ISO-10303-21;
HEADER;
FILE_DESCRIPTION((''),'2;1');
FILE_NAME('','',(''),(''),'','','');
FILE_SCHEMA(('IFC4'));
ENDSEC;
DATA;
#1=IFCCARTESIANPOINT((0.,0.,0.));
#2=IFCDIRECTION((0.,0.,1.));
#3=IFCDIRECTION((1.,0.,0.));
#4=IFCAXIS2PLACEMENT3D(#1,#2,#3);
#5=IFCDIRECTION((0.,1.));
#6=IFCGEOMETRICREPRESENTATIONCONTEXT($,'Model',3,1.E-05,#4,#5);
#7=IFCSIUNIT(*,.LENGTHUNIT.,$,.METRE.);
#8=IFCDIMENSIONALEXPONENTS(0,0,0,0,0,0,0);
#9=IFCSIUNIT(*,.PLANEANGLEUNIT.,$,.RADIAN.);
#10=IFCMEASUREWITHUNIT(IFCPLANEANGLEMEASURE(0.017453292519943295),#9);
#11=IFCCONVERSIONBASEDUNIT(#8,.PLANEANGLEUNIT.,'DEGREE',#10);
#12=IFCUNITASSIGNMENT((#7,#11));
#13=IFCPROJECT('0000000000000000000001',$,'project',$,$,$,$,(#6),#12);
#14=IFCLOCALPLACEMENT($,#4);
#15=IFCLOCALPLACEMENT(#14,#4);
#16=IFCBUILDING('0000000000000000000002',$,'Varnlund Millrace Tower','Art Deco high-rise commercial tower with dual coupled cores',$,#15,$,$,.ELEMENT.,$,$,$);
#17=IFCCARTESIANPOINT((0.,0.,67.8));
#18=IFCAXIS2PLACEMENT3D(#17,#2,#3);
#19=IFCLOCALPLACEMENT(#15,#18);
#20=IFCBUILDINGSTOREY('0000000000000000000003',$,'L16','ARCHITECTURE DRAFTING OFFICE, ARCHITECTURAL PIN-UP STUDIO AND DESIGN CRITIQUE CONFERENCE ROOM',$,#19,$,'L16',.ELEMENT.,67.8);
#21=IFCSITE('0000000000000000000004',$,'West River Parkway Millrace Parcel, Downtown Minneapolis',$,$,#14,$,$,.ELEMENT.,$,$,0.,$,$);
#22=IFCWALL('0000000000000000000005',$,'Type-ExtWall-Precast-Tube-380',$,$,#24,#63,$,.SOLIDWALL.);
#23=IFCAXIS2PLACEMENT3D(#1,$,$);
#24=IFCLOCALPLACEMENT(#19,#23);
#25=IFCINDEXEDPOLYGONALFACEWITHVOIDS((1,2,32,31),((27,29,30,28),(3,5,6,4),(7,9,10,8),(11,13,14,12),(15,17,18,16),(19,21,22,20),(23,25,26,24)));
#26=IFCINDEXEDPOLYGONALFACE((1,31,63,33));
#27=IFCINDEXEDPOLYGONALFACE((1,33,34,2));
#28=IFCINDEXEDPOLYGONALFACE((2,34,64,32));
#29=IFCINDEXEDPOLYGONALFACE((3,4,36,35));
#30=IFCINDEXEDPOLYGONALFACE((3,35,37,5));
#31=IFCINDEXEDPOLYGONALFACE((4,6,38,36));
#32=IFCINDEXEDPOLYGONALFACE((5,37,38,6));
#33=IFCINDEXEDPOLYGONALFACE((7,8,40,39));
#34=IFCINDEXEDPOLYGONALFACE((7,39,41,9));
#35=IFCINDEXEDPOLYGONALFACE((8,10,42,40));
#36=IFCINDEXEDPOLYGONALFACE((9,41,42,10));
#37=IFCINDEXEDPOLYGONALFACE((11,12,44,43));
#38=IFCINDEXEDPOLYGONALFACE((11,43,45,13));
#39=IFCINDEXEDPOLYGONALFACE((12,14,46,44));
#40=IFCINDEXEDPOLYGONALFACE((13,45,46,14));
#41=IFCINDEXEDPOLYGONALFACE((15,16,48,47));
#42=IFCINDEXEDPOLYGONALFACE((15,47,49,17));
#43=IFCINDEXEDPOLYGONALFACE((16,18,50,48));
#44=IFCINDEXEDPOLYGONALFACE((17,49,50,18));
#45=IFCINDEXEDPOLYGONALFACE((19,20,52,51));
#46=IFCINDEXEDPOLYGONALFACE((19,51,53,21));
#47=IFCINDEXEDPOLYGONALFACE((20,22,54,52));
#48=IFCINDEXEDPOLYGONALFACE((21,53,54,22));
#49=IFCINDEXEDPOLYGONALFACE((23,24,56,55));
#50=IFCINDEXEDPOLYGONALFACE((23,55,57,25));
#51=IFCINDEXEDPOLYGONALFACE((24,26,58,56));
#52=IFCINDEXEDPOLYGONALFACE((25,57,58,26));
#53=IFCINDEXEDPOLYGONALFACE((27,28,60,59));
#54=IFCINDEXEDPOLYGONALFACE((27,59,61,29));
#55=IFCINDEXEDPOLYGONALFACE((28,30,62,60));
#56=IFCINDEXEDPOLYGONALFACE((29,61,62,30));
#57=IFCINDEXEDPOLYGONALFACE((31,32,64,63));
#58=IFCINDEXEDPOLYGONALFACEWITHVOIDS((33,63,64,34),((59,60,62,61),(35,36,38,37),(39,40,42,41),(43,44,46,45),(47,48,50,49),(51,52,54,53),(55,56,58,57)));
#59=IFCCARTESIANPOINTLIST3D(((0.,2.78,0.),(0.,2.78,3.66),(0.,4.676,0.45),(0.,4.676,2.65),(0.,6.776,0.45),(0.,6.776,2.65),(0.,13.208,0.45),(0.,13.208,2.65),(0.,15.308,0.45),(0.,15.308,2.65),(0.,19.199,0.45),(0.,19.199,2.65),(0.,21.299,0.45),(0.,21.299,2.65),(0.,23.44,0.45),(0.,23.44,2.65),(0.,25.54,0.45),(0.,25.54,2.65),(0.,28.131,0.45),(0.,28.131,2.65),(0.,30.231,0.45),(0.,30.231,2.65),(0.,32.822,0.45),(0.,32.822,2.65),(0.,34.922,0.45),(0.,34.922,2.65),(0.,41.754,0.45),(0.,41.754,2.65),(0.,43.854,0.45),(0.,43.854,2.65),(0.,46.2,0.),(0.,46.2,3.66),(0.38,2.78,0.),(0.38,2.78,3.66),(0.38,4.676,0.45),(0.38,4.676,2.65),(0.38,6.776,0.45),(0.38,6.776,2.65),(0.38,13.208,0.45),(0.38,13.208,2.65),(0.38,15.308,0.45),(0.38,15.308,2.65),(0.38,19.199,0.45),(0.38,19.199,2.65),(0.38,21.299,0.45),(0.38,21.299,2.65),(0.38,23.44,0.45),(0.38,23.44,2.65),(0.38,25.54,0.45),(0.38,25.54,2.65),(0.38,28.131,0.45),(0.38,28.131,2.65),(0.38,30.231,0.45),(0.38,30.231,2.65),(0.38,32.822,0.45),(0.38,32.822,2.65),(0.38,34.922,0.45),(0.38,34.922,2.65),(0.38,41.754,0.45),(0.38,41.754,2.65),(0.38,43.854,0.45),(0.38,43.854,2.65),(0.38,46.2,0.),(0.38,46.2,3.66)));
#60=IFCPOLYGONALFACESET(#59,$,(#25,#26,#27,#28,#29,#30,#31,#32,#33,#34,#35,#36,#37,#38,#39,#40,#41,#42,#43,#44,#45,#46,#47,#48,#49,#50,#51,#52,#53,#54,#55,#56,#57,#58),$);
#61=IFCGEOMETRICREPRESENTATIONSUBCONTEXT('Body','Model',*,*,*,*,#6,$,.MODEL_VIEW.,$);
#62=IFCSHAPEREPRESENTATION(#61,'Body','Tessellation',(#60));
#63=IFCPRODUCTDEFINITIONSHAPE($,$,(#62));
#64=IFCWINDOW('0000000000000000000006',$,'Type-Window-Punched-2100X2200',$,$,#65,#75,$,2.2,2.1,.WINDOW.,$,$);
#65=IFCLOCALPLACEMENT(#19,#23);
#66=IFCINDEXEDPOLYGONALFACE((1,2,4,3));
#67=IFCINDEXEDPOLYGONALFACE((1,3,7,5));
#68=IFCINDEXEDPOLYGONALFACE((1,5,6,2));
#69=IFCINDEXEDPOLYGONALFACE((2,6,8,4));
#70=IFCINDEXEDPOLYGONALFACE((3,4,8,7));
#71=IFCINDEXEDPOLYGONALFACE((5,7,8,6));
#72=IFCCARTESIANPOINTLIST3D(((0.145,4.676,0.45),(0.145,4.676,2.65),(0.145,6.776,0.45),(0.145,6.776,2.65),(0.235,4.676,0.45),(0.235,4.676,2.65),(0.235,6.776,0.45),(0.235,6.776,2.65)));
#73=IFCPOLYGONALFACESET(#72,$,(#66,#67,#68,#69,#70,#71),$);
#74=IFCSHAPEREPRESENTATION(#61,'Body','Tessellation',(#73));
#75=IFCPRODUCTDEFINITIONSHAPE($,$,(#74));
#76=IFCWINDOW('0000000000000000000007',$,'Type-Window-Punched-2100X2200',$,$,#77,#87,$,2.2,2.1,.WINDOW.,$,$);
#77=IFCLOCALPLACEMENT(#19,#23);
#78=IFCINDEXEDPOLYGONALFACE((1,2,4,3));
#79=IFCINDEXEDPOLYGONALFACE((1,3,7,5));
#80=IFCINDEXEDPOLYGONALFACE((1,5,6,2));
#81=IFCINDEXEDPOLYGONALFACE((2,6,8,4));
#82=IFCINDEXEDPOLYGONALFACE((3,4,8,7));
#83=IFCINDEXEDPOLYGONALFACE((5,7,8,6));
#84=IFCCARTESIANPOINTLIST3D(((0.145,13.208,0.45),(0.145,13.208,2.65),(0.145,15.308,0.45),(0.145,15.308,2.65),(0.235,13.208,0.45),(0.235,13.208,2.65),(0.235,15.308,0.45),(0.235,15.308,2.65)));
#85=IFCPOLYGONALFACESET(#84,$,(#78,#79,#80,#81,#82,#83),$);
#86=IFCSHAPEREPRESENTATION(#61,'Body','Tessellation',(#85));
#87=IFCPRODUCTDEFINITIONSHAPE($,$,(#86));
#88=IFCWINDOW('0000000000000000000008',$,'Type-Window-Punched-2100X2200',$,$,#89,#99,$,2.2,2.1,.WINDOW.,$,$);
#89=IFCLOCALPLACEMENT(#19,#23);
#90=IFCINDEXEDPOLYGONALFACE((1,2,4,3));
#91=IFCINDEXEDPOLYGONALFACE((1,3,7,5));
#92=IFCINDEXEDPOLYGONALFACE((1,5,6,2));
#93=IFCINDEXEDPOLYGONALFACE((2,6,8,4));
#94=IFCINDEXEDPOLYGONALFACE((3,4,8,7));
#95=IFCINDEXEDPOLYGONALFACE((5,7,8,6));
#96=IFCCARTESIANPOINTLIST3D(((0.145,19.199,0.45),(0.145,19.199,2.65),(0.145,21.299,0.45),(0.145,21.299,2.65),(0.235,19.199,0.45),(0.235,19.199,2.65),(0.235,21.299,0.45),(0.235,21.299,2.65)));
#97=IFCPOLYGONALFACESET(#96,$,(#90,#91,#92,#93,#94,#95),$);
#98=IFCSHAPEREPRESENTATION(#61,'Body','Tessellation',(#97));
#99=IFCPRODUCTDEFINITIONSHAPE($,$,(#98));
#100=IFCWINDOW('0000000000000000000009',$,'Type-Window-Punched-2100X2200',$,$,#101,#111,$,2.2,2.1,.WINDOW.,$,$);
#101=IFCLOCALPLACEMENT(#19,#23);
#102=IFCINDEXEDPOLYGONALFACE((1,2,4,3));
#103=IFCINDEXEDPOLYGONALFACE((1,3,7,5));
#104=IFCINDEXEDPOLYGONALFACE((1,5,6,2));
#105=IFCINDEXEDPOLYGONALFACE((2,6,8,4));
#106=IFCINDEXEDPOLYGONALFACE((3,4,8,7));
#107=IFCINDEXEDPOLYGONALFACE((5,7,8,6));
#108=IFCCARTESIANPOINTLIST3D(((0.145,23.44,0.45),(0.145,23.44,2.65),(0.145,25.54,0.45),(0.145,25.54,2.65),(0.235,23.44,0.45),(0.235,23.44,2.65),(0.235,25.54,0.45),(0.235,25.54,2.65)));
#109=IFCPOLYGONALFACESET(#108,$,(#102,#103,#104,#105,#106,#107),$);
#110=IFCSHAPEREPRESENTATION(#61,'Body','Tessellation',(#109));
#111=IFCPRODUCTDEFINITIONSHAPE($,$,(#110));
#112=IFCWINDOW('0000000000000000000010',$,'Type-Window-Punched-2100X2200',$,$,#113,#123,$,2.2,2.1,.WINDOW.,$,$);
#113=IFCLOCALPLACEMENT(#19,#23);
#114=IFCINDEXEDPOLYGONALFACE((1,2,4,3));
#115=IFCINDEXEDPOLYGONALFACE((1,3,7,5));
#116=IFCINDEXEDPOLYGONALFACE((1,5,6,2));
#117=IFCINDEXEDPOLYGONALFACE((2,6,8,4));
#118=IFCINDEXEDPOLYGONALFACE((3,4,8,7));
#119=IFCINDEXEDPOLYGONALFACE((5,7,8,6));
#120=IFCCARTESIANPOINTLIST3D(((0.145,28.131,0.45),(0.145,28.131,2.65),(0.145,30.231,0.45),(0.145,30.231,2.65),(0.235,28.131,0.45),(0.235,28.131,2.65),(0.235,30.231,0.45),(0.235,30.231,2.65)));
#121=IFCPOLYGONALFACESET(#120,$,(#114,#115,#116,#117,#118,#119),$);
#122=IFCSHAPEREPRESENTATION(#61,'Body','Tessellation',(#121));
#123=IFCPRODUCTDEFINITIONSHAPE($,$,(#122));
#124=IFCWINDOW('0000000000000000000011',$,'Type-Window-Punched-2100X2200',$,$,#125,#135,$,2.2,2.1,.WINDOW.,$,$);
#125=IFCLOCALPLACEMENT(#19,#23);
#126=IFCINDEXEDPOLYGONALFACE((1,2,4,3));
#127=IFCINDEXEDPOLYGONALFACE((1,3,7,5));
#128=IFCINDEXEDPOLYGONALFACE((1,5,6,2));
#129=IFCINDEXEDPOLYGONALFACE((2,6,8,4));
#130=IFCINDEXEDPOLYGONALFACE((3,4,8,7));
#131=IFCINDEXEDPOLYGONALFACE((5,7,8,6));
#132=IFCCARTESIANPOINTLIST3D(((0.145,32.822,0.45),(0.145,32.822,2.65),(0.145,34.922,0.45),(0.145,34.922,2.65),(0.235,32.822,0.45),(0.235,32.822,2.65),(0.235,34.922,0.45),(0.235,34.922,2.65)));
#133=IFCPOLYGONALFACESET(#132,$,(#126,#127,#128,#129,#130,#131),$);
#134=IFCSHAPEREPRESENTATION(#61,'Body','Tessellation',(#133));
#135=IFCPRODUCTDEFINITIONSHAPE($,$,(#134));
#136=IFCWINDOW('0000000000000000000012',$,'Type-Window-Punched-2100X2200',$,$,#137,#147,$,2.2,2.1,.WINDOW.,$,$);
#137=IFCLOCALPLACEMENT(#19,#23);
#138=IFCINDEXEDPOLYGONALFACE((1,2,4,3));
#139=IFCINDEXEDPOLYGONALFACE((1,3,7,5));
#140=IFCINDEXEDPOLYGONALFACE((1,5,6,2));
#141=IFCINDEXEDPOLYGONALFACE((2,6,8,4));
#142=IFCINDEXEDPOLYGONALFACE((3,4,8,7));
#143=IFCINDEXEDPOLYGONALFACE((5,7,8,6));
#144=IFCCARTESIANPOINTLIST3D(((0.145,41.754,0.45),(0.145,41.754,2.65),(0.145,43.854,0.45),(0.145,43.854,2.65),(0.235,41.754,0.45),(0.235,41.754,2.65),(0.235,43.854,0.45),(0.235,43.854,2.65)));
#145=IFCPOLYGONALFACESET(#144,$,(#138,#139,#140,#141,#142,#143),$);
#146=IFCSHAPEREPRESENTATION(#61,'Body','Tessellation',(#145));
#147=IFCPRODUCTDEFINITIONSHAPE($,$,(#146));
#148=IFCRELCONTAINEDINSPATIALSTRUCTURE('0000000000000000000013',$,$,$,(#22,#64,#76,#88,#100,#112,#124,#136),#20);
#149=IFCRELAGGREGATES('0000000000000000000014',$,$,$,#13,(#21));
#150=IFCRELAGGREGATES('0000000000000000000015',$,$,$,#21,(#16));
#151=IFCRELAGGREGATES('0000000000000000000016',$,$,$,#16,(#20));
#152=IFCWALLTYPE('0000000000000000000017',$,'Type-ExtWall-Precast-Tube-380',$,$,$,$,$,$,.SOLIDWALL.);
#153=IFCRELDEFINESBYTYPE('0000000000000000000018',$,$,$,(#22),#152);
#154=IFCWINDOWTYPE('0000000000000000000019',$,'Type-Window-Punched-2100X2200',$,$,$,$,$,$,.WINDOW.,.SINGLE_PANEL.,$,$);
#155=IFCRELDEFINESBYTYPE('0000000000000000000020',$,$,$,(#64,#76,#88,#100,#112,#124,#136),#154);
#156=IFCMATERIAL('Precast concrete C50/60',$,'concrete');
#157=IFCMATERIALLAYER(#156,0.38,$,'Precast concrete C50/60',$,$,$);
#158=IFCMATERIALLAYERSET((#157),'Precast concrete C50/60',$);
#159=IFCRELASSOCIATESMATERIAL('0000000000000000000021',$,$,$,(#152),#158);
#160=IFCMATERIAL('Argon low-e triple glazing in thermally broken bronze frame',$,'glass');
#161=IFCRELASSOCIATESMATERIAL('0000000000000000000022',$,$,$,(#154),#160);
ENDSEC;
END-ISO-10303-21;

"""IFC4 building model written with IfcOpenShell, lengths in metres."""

from ifc_helpers import new_model, entity, si_unit, converted_unit, direction, frame, origin_with_axes, origin_2d_with_axis, place, context, subcontext, project, spatial, polyline, rectangle, outline, extrude, material, layer, layer_set, type_object, element, fill, save


model = new_model("IFC4")

# Units and contexts
model_context = context("Model", 3, precision=1e-05, world=origin_with_axes(), true_north=direction((0.0, 1.0)))
body_context = subcontext(model_context, "Body", "Model", "MODEL_VIEW")
ifc_project = project(units=[si_unit("LENGTHUNIT", "METRE"), converted_unit("PLANEANGLEUNIT", "DEGREE", entity("IfcPlaneAngleMeasure", 0.017453292519943295), si_unit("PLANEANGLEUNIT", "RADIAN"), dimensions=[0, 0, 0, 0, 0, 0, 0])], contexts=[model_context])

# Site, building, storey
site_placement = place(None, origin_with_axes())
site = spatial("IfcSite", under=ifc_project, at=site_placement, Name="West River Parkway Millrace Parcel, Downtown Minneapolis", CompositionType="ELEMENT", RefElevation=0.0)
building_placement = place(site_placement, origin_with_axes())
building = spatial("IfcBuilding", under=site, at=building_placement, Name="Varnlund Millrace Tower", Description="Art Deco high-rise commercial tower with dual coupled cores", CompositionType="ELEMENT")
storey_placement = place(building_placement, frame((0.0, 0.0, 67.8), z_axis=(0.0, 0.0, 1.0), x_axis=(1.0, 0.0, 0.0)))
storey = spatial("IfcBuildingStorey", under=building, at=storey_placement, Name="L16", Description="ARCHITECTURE DRAFTING OFFICE, ARCHITECTURAL PIN-UP STUDIO AND DESIGN CRITIQUE CONFERENCE ROOM", LongName="L16", CompositionType="ELEMENT", Elevation=67.8)

# Shared definitions
ifc_material_1 = material(Name="Precast concrete C50/60", Category="concrete")
ifc_layer_1 = layer(ifc_material_1, 0.38, Name="Precast concrete C50/60")
ifc_layer_set_1 = layer_set([ifc_layer_1], Name="Precast concrete C50/60")
wall_type = type_object("IfcWallType", Name="Type-ExtWall-Precast-Tube-380", PredefinedType="SOLIDWALL", material=ifc_layer_set_1)

# Wall, openings, windows
wall_1_placement = place(storey_placement, frame((0.19, 2.78, 0.0), z_axis=(0.0, 0.0, 1.0), x_axis=(0.0, 1.0, 0.0)))
wall_1 = element("IfcWall", 1, at=wall_1_placement, inside=storey, type_object=wall_type, Name="Type-ExtWall-Precast-Tube-380", PredefinedType="SOLIDWALL", context=body_context, shape_type="SweptSolid", body=[
    extrude(outline(polyline([(0.0, -0.19), (43.42, -0.19), (43.42, 0.19), (0.0, 0.19), (0.0, -0.19)])), origin_with_axes(), (0.0, 0.0, 1.0), 3.66),
])
opening_1_placement = place(wall_1_placement, frame((2.946, 0.0, 0.45), z_axis=(0.0, 0.0, 1.0), x_axis=(1.0, 0.0, 0.0)))
opening_1 = element("IfcOpeningElement", 2, at=opening_1_placement, cuts=wall_1, PredefinedType="OPENING", context=body_context, shape_type="SweptSolid", body=[
    extrude(rectangle(XDim=2.1, YDim=0.4, at=origin_2d_with_axis()), origin_with_axes(), (0.0, 0.0, 1.0), 2.2),
])
opening_2_placement = place(wall_1_placement, frame((11.478, 0.0, 0.45), z_axis=(0.0, 0.0, 1.0), x_axis=(1.0, 0.0, 0.0)))
opening_2 = element("IfcOpeningElement", 3, at=opening_2_placement, cuts=wall_1, PredefinedType="OPENING", context=body_context, shape_type="SweptSolid", body=[
    extrude(rectangle(XDim=2.1, YDim=0.4, at=origin_2d_with_axis()), origin_with_axes(), (0.0, 0.0, 1.0), 2.2),
])
opening_3_placement = place(wall_1_placement, frame((17.469, 0.0, 0.45), z_axis=(0.0, 0.0, 1.0), x_axis=(1.0, 0.0, 0.0)))
opening_3 = element("IfcOpeningElement", 4, at=opening_3_placement, cuts=wall_1, PredefinedType="OPENING", context=body_context, shape_type="SweptSolid", body=[
    extrude(rectangle(XDim=2.1, YDim=0.4, at=origin_2d_with_axis()), origin_with_axes(), (0.0, 0.0, 1.0), 2.2),
])
opening_4_placement = place(wall_1_placement, frame((21.71, 0.0, 0.45), z_axis=(0.0, 0.0, 1.0), x_axis=(1.0, 0.0, 0.0)))
opening_4 = element("IfcOpeningElement", 5, at=opening_4_placement, cuts=wall_1, PredefinedType="OPENING", context=body_context, shape_type="SweptSolid", body=[
    extrude(rectangle(XDim=2.1, YDim=0.4, at=origin_2d_with_axis()), origin_with_axes(), (0.0, 0.0, 1.0), 2.2),
])
opening_5_placement = place(wall_1_placement, frame((26.401, 0.0, 0.45), z_axis=(0.0, 0.0, 1.0), x_axis=(1.0, 0.0, 0.0)))
opening_5 = element("IfcOpeningElement", 6, at=opening_5_placement, cuts=wall_1, PredefinedType="OPENING", context=body_context, shape_type="SweptSolid", body=[
    extrude(rectangle(XDim=2.1, YDim=0.4, at=origin_2d_with_axis()), origin_with_axes(), (0.0, 0.0, 1.0), 2.2),
])
opening_6_placement = place(wall_1_placement, frame((31.092, 0.0, 0.45), z_axis=(0.0, 0.0, 1.0), x_axis=(1.0, 0.0, 0.0)))
opening_6 = element("IfcOpeningElement", 7, at=opening_6_placement, cuts=wall_1, PredefinedType="OPENING", context=body_context, shape_type="SweptSolid", body=[
    extrude(rectangle(XDim=2.1, YDim=0.4, at=origin_2d_with_axis()), origin_with_axes(), (0.0, 0.0, 1.0), 2.2),
])
opening_7_placement = place(wall_1_placement, frame((40.024, 0.0, 0.45), z_axis=(0.0, 0.0, 1.0), x_axis=(1.0, 0.0, 0.0)))
opening_7 = element("IfcOpeningElement", 8, at=opening_7_placement, cuts=wall_1, PredefinedType="OPENING", context=body_context, shape_type="SweptSolid", body=[
    extrude(rectangle(XDim=2.1, YDim=0.4, at=origin_2d_with_axis()), origin_with_axes(), (0.0, 0.0, 1.0), 2.2),
])
ifc_material_2 = material(Name="Argon low-e triple glazing in thermally broken bronze frame", Category="glass")
window_type = type_object("IfcWindowType", Name="Type-Window-Punched-2100X2200", PartitioningType="SINGLE_PANEL", PredefinedType="WINDOW", material=ifc_material_2)
window_1_placement = place(wall_1_placement, frame((2.946, 0.0, 0.45), z_axis=(0.0, 0.0, 1.0), x_axis=(1.0, 0.0, 0.0)))
window_1 = element("IfcWindow", 9, at=window_1_placement, inside=storey, type_object=window_type, Name="Type-Window-Punched-2100X2200", OverallHeight=2.2, OverallWidth=2.1, PredefinedType="WINDOW", context=body_context, shape_type="SweptSolid", body=[
    extrude(rectangle(XDim=2.1, YDim=0.09, at=origin_2d_with_axis()), origin_with_axes(), (0.0, 0.0, 1.0), 2.2),
])
fill(opening_1, window_1)
window_2_placement = place(wall_1_placement, frame((11.478, 0.0, 0.45), z_axis=(0.0, 0.0, 1.0), x_axis=(1.0, 0.0, 0.0)))
window_2 = element("IfcWindow", 10, at=window_2_placement, inside=storey, type_object=window_type, Name="Type-Window-Punched-2100X2200", OverallHeight=2.2, OverallWidth=2.1, PredefinedType="WINDOW", context=body_context, shape_type="SweptSolid", body=[
    extrude(rectangle(XDim=2.1, YDim=0.09, at=origin_2d_with_axis()), origin_with_axes(), (0.0, 0.0, 1.0), 2.2),
])
fill(opening_2, window_2)
window_3_placement = place(wall_1_placement, frame((17.469, 0.0, 0.45), z_axis=(0.0, 0.0, 1.0), x_axis=(1.0, 0.0, 0.0)))
window_3 = element("IfcWindow", 11, at=window_3_placement, inside=storey, type_object=window_type, Name="Type-Window-Punched-2100X2200", OverallHeight=2.2, OverallWidth=2.1, PredefinedType="WINDOW", context=body_context, shape_type="SweptSolid", body=[
    extrude(rectangle(XDim=2.1, YDim=0.09, at=origin_2d_with_axis()), origin_with_axes(), (0.0, 0.0, 1.0), 2.2),
])
fill(opening_3, window_3)
window_4_placement = place(wall_1_placement, frame((21.71, 0.0, 0.45), z_axis=(0.0, 0.0, 1.0), x_axis=(1.0, 0.0, 0.0)))
window_4 = element("IfcWindow", 12, at=window_4_placement, inside=storey, type_object=window_type, Name="Type-Window-Punched-2100X2200", OverallHeight=2.2, OverallWidth=2.1, PredefinedType="WINDOW", context=body_context, shape_type="SweptSolid", body=[
    extrude(rectangle(XDim=2.1, YDim=0.09, at=origin_2d_with_axis()), origin_with_axes(), (0.0, 0.0, 1.0), 2.2),
])
fill(opening_4, window_4)
window_5_placement = place(wall_1_placement, frame((26.401, 0.0, 0.45), z_axis=(0.0, 0.0, 1.0), x_axis=(1.0, 0.0, 0.0)))
window_5 = element("IfcWindow", 13, at=window_5_placement, inside=storey, type_object=window_type, Name="Type-Window-Punched-2100X2200", OverallHeight=2.2, OverallWidth=2.1, PredefinedType="WINDOW", context=body_context, shape_type="SweptSolid", body=[
    extrude(rectangle(XDim=2.1, YDim=0.09, at=origin_2d_with_axis()), origin_with_axes(), (0.0, 0.0, 1.0), 2.2),
])
fill(opening_5, window_5)
window_6_placement = place(wall_1_placement, frame((31.092, 0.0, 0.45), z_axis=(0.0, 0.0, 1.0), x_axis=(1.0, 0.0, 0.0)))
window_6 = element("IfcWindow", 14, at=window_6_placement, inside=storey, type_object=window_type, Name="Type-Window-Punched-2100X2200", OverallHeight=2.2, OverallWidth=2.1, PredefinedType="WINDOW", context=body_context, shape_type="SweptSolid", body=[
    extrude(rectangle(XDim=2.1, YDim=0.09, at=origin_2d_with_axis()), origin_with_axes(), (0.0, 0.0, 1.0), 2.2),
])
fill(opening_6, window_6)
window_7_placement = place(wall_1_placement, frame((40.024, 0.0, 0.45), z_axis=(0.0, 0.0, 1.0), x_axis=(1.0, 0.0, 0.0)))
window_7 = element("IfcWindow", 15, at=window_7_placement, inside=storey, type_object=window_type, Name="Type-Window-Punched-2100X2200", OverallHeight=2.2, OverallWidth=2.1, PredefinedType="WINDOW", context=body_context, shape_type="SweptSolid", body=[
    extrude(rectangle(XDim=2.1, YDim=0.09, at=origin_2d_with_axis()), origin_with_axes(), (0.0, 0.0, 1.0), 2.2),
])
fill(opening_7, window_7)

save(model, "model.ifc")
